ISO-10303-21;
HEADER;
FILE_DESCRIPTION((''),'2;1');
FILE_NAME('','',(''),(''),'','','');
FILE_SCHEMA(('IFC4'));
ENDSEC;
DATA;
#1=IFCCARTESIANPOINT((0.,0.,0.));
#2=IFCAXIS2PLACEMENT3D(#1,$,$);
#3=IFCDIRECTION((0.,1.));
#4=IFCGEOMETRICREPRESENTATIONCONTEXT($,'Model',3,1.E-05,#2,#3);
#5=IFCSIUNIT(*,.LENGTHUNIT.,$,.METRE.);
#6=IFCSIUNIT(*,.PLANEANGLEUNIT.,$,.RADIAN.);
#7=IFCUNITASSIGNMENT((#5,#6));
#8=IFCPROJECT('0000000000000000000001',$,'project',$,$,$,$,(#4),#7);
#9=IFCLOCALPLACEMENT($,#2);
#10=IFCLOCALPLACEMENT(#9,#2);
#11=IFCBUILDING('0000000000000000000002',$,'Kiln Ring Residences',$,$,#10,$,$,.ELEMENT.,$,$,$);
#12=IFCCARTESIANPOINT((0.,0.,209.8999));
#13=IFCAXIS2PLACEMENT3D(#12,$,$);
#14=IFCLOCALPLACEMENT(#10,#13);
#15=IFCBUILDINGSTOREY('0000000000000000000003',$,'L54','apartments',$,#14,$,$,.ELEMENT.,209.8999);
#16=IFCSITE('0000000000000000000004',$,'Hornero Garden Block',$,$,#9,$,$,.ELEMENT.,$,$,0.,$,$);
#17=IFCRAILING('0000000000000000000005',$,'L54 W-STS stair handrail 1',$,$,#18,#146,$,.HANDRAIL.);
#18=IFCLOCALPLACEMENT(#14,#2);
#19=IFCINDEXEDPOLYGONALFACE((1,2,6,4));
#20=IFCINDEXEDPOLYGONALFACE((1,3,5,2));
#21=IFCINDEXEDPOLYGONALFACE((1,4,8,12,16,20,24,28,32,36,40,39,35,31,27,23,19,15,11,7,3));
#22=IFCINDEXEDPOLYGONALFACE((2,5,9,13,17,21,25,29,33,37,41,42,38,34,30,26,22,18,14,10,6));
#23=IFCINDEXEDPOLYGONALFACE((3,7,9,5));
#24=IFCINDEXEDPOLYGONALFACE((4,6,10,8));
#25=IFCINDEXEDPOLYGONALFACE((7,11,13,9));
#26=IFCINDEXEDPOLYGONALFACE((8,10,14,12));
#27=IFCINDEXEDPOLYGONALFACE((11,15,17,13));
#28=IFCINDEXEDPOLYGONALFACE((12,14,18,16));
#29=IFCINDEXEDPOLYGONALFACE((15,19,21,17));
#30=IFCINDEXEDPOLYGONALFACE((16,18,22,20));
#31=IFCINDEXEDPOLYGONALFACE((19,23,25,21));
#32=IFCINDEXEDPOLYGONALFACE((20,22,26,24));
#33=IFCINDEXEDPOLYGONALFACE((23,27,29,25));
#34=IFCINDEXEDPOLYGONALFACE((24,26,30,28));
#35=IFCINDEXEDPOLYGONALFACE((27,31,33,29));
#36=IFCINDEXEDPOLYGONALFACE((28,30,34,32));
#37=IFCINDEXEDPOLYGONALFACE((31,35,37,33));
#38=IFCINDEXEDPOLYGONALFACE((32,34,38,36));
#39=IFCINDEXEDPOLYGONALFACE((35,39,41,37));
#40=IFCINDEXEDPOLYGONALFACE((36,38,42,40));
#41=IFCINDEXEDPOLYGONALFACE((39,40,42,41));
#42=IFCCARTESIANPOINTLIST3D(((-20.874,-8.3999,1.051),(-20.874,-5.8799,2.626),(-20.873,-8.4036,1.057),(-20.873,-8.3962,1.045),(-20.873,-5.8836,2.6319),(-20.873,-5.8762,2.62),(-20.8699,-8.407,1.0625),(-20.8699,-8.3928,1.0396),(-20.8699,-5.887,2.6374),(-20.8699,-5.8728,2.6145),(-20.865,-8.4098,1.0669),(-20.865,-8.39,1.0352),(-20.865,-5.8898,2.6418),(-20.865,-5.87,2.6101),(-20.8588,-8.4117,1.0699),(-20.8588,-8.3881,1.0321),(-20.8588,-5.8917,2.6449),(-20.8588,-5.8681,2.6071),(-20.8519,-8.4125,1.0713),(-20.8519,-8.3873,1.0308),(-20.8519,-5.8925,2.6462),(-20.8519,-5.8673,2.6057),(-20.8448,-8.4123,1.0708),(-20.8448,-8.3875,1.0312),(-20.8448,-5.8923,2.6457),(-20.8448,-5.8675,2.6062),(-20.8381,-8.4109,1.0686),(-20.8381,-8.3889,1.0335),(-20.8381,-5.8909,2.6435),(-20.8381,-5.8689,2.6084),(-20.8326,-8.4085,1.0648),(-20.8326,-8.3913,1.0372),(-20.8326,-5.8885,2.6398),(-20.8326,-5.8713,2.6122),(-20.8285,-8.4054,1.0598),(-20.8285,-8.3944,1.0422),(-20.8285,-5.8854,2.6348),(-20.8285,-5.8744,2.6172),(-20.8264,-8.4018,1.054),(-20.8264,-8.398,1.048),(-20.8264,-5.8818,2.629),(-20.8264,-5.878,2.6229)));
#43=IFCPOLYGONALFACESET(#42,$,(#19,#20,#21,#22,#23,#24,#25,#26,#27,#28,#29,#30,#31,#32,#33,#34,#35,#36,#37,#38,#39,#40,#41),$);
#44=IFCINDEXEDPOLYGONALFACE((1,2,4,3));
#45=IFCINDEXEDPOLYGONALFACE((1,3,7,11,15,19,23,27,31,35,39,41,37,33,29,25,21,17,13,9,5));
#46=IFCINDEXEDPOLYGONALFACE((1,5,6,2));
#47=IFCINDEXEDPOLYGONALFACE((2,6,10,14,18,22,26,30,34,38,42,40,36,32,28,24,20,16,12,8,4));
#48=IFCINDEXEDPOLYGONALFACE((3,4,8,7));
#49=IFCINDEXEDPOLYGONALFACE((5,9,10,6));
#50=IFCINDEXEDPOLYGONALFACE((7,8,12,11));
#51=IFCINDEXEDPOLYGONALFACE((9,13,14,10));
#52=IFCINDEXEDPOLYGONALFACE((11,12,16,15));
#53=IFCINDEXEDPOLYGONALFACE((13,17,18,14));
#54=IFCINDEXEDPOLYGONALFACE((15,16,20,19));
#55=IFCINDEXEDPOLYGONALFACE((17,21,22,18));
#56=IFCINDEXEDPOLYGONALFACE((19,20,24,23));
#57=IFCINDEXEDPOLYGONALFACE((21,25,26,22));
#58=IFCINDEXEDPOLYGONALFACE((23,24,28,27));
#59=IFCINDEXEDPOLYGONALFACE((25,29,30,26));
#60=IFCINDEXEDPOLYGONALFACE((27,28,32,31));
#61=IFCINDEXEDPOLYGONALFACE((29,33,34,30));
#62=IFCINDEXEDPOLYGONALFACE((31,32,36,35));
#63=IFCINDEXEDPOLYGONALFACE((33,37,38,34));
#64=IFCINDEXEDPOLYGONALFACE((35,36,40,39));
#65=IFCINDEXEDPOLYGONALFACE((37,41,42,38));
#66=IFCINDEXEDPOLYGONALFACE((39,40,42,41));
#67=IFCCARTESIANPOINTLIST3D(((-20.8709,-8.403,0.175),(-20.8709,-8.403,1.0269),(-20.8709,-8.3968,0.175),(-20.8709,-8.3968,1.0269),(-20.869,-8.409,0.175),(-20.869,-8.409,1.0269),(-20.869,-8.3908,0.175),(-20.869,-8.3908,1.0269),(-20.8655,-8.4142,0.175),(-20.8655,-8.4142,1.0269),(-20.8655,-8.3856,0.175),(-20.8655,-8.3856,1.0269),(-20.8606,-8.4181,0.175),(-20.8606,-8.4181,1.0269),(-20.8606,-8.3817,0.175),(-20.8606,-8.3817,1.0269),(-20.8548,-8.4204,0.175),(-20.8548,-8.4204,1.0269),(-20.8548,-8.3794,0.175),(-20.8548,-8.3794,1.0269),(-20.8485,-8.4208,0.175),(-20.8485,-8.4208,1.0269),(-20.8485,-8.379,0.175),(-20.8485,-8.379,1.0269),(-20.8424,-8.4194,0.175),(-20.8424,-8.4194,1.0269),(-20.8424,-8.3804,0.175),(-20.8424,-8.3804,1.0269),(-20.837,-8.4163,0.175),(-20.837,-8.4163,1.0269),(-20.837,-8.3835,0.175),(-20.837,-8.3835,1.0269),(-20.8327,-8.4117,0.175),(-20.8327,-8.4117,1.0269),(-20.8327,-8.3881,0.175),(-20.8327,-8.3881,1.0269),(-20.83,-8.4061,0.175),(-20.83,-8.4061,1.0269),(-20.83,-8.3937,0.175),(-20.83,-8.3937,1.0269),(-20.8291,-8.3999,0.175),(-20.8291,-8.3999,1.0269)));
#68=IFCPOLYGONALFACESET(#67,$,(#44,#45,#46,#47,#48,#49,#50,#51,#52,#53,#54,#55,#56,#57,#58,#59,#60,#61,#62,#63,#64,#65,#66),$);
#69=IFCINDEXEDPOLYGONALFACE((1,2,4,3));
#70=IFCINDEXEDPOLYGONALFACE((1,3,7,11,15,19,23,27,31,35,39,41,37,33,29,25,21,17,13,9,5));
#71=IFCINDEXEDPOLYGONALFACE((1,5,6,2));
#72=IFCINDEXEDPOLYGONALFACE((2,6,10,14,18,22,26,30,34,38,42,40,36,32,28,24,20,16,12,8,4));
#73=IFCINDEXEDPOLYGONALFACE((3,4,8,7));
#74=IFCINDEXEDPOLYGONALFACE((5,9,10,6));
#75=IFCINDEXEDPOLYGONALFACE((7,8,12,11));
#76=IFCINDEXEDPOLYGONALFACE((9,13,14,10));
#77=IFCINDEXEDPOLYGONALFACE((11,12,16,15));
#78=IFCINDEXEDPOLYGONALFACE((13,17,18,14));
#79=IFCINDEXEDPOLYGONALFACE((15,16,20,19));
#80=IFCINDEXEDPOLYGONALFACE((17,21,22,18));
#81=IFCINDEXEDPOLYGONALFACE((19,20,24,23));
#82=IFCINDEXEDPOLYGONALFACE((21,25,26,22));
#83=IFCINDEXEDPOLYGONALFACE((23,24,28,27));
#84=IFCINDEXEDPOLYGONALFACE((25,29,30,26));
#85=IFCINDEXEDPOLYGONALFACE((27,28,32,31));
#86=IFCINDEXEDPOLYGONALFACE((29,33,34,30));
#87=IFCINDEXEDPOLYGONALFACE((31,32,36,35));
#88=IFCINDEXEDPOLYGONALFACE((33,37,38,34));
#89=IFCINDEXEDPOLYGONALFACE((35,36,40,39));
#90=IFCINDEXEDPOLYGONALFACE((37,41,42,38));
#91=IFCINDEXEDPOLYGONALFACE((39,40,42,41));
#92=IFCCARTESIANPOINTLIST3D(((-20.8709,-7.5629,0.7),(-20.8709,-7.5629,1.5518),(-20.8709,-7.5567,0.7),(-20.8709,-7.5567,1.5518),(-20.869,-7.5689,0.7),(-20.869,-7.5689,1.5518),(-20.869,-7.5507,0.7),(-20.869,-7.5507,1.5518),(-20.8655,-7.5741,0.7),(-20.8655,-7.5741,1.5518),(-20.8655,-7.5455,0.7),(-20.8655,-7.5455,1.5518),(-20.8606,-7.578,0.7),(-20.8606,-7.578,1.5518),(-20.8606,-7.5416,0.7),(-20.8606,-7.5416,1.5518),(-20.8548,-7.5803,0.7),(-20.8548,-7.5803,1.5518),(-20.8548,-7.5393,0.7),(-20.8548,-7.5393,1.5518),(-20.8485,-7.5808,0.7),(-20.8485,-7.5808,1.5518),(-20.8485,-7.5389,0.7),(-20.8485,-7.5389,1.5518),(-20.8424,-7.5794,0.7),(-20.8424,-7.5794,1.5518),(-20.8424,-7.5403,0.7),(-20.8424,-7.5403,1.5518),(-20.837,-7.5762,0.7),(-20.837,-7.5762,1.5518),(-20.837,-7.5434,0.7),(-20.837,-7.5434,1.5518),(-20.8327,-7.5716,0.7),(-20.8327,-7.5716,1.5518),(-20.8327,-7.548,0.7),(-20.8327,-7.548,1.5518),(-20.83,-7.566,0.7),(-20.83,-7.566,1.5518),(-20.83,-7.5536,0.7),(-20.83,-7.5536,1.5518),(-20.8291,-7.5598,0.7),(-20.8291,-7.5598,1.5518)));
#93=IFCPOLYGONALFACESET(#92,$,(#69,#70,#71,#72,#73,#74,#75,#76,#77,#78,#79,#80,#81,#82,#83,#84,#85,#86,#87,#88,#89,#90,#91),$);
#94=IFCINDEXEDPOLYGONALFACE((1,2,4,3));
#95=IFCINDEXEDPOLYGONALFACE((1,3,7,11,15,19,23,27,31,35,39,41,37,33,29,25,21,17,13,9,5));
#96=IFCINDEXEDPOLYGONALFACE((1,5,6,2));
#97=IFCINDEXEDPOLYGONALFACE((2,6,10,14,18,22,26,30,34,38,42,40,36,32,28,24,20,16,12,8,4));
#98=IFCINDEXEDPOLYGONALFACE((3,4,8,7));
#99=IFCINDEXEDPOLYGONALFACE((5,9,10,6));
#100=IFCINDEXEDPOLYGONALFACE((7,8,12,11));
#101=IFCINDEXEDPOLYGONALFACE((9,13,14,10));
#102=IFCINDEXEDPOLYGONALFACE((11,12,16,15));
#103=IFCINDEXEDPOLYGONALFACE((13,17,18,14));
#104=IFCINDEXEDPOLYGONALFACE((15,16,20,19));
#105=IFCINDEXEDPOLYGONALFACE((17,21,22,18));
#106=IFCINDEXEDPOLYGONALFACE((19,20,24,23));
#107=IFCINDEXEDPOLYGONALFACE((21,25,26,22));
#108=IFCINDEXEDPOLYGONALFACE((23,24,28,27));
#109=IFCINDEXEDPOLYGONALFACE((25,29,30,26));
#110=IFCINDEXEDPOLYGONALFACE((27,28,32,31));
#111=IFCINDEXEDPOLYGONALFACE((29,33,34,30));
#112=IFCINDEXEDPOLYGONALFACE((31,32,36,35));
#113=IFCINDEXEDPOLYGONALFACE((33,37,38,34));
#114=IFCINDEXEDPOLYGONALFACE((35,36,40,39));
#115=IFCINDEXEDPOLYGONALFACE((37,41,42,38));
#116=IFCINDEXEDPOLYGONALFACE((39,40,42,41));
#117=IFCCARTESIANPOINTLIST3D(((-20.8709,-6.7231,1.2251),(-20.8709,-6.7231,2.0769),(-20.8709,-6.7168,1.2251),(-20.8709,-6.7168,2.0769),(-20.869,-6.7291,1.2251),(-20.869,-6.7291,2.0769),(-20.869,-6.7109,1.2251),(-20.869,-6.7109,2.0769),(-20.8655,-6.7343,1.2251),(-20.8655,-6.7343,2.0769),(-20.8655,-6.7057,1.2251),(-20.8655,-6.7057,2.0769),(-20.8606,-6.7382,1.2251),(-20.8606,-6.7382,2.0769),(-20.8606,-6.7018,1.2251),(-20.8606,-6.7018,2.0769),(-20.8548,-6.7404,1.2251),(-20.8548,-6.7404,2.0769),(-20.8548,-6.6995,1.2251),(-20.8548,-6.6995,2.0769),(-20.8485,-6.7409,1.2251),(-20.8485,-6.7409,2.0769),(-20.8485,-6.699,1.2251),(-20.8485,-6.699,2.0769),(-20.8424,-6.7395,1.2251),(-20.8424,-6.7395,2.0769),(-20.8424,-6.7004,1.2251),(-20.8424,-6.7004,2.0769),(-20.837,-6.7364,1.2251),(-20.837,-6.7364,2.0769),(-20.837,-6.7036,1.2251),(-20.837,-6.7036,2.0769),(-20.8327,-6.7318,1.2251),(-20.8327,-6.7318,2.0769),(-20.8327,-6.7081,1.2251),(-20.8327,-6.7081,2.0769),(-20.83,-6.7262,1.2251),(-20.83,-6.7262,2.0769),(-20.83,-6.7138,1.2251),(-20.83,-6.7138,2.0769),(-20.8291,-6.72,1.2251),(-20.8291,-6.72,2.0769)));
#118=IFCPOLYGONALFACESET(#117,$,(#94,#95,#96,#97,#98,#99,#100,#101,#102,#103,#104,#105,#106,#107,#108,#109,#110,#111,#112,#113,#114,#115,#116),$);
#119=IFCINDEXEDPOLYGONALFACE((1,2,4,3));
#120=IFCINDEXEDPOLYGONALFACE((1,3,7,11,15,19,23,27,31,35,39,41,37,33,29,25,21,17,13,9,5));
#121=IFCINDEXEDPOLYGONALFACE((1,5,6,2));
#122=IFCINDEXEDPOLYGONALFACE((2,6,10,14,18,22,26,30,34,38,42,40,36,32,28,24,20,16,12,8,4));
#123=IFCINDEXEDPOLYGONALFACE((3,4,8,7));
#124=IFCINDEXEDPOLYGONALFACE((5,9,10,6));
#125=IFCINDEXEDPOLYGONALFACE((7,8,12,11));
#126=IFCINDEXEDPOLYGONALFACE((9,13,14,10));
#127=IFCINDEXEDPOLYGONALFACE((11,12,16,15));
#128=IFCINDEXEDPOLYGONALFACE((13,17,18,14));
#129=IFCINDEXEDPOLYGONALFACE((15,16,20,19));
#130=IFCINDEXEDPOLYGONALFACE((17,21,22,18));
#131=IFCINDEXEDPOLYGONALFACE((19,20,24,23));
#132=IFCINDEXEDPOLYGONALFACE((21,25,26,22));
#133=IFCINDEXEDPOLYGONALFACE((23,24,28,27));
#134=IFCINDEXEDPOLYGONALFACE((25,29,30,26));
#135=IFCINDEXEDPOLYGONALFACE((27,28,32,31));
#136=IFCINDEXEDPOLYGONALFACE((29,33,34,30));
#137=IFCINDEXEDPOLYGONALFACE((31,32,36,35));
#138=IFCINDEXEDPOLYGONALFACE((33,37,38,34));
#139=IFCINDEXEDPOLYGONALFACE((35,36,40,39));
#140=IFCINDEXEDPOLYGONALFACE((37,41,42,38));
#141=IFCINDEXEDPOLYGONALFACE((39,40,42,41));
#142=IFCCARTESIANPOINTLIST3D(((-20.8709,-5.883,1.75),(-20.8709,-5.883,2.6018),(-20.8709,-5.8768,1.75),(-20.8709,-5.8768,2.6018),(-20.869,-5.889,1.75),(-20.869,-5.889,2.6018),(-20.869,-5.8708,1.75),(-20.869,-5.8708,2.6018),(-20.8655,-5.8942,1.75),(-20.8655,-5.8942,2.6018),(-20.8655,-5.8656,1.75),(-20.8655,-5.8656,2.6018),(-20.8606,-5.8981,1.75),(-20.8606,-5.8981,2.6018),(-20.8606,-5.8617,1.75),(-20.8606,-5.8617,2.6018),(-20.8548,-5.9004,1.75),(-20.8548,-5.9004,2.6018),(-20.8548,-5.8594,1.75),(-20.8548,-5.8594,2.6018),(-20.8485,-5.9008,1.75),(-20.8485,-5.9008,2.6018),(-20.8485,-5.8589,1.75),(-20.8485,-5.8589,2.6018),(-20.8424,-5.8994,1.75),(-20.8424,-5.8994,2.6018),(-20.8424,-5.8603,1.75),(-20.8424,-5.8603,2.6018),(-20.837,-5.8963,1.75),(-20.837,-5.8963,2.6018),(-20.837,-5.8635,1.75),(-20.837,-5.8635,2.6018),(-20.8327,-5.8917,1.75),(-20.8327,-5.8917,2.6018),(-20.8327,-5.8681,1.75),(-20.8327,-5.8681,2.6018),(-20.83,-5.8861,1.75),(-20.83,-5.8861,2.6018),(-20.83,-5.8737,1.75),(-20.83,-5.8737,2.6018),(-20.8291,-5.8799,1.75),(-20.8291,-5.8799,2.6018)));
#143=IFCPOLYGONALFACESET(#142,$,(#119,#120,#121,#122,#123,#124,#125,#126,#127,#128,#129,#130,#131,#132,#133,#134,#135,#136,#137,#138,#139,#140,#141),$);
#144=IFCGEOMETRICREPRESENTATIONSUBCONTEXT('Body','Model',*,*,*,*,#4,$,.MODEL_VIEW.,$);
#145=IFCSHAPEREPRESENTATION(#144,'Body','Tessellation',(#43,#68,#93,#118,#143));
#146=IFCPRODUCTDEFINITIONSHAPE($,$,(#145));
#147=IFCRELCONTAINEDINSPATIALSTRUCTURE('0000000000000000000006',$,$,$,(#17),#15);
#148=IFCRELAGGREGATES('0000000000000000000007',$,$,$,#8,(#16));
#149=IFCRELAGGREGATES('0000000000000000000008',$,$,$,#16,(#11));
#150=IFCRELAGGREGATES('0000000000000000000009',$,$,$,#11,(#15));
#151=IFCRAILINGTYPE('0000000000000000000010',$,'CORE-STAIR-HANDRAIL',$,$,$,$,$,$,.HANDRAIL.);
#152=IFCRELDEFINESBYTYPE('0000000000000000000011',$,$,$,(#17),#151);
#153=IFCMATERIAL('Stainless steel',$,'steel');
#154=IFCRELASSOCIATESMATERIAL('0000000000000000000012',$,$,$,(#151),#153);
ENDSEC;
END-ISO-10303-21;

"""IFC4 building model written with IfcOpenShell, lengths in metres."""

from ifc_helpers import new_model, si_unit, direction, frame, origin, origin_2d, place, context, subcontext, project, spatial, circle, extrude, material, type_object, element, save


model = new_model("IFC4")

# Units and contexts
model_context = context("Model", 3, precision=1e-05, world=origin(), true_north=direction((0.0, 1.0)))
body_context = subcontext(model_context, "Body", "Model", "MODEL_VIEW")
ifc_project = project(units=[si_unit("LENGTHUNIT", "METRE"), si_unit("PLANEANGLEUNIT", "RADIAN")], contexts=[model_context])

# Site, building, storey
site_placement = place(None, origin())
site = spatial("IfcSite", under=ifc_project, at=site_placement, Name="Hornero Garden Block", CompositionType="ELEMENT", RefElevation=0.0)
building_placement = place(site_placement, origin())
building = spatial("IfcBuilding", under=site, at=building_placement, Name="Kiln Ring Residences", CompositionType="ELEMENT")
storey_placement = place(building_placement, frame((0.0, 0.0, 209.8999)))
storey = spatial("IfcBuildingStorey", under=building, at=storey_placement, Name="L54", Description="apartments", CompositionType="ELEMENT", Elevation=209.8999)

# Railing
ifc_material_1 = material(Name="Stainless steel", Category="steel")
railing_type_1 = type_object("IfcRailingType", Name="CORE-STAIR-HANDRAIL", PredefinedType="HANDRAIL", material=ifc_material_1)
railing_1_placement = place(storey_placement, frame((-20.8501, -8.3999, 0.175)))
element("IfcRailing", 1, at=railing_1_placement, inside=storey, type_object=railing_type_1, Name="L54 W-STS stair handrail 1", PredefinedType="HANDRAIL", context=body_context, shape_type="SweptSolid", body=[
    extrude(circle(Radius=0.0239, at=origin_2d()), frame((0.0, 0.0, 0.876), z_axis=(0.0, 0.848008, 0.529984), x_axis=(-1.0, 0.0, 0.0)), (0.0, 0.0, 1.0), 2.9717),
    extrude(circle(Radius=0.021, at=origin_2d()), origin(), (0.0, 0.0, 1.0), 0.8518),
    extrude(circle(Radius=0.021, at=origin_2d()), frame((0.0, 0.8401, 0.5249)), (0.0, 0.0, 1.0), 0.8518),
    extrude(circle(Radius=0.021, at=origin_2d()), frame((0.0, 1.6799, 1.05)), (0.0, 0.0, 1.0), 0.8518),
    extrude(circle(Radius=0.021, at=origin_2d()), frame((0.0, 2.52, 1.575)), (0.0, 0.0, 1.0), 0.8518),
])

save(model, "model.ifc")
